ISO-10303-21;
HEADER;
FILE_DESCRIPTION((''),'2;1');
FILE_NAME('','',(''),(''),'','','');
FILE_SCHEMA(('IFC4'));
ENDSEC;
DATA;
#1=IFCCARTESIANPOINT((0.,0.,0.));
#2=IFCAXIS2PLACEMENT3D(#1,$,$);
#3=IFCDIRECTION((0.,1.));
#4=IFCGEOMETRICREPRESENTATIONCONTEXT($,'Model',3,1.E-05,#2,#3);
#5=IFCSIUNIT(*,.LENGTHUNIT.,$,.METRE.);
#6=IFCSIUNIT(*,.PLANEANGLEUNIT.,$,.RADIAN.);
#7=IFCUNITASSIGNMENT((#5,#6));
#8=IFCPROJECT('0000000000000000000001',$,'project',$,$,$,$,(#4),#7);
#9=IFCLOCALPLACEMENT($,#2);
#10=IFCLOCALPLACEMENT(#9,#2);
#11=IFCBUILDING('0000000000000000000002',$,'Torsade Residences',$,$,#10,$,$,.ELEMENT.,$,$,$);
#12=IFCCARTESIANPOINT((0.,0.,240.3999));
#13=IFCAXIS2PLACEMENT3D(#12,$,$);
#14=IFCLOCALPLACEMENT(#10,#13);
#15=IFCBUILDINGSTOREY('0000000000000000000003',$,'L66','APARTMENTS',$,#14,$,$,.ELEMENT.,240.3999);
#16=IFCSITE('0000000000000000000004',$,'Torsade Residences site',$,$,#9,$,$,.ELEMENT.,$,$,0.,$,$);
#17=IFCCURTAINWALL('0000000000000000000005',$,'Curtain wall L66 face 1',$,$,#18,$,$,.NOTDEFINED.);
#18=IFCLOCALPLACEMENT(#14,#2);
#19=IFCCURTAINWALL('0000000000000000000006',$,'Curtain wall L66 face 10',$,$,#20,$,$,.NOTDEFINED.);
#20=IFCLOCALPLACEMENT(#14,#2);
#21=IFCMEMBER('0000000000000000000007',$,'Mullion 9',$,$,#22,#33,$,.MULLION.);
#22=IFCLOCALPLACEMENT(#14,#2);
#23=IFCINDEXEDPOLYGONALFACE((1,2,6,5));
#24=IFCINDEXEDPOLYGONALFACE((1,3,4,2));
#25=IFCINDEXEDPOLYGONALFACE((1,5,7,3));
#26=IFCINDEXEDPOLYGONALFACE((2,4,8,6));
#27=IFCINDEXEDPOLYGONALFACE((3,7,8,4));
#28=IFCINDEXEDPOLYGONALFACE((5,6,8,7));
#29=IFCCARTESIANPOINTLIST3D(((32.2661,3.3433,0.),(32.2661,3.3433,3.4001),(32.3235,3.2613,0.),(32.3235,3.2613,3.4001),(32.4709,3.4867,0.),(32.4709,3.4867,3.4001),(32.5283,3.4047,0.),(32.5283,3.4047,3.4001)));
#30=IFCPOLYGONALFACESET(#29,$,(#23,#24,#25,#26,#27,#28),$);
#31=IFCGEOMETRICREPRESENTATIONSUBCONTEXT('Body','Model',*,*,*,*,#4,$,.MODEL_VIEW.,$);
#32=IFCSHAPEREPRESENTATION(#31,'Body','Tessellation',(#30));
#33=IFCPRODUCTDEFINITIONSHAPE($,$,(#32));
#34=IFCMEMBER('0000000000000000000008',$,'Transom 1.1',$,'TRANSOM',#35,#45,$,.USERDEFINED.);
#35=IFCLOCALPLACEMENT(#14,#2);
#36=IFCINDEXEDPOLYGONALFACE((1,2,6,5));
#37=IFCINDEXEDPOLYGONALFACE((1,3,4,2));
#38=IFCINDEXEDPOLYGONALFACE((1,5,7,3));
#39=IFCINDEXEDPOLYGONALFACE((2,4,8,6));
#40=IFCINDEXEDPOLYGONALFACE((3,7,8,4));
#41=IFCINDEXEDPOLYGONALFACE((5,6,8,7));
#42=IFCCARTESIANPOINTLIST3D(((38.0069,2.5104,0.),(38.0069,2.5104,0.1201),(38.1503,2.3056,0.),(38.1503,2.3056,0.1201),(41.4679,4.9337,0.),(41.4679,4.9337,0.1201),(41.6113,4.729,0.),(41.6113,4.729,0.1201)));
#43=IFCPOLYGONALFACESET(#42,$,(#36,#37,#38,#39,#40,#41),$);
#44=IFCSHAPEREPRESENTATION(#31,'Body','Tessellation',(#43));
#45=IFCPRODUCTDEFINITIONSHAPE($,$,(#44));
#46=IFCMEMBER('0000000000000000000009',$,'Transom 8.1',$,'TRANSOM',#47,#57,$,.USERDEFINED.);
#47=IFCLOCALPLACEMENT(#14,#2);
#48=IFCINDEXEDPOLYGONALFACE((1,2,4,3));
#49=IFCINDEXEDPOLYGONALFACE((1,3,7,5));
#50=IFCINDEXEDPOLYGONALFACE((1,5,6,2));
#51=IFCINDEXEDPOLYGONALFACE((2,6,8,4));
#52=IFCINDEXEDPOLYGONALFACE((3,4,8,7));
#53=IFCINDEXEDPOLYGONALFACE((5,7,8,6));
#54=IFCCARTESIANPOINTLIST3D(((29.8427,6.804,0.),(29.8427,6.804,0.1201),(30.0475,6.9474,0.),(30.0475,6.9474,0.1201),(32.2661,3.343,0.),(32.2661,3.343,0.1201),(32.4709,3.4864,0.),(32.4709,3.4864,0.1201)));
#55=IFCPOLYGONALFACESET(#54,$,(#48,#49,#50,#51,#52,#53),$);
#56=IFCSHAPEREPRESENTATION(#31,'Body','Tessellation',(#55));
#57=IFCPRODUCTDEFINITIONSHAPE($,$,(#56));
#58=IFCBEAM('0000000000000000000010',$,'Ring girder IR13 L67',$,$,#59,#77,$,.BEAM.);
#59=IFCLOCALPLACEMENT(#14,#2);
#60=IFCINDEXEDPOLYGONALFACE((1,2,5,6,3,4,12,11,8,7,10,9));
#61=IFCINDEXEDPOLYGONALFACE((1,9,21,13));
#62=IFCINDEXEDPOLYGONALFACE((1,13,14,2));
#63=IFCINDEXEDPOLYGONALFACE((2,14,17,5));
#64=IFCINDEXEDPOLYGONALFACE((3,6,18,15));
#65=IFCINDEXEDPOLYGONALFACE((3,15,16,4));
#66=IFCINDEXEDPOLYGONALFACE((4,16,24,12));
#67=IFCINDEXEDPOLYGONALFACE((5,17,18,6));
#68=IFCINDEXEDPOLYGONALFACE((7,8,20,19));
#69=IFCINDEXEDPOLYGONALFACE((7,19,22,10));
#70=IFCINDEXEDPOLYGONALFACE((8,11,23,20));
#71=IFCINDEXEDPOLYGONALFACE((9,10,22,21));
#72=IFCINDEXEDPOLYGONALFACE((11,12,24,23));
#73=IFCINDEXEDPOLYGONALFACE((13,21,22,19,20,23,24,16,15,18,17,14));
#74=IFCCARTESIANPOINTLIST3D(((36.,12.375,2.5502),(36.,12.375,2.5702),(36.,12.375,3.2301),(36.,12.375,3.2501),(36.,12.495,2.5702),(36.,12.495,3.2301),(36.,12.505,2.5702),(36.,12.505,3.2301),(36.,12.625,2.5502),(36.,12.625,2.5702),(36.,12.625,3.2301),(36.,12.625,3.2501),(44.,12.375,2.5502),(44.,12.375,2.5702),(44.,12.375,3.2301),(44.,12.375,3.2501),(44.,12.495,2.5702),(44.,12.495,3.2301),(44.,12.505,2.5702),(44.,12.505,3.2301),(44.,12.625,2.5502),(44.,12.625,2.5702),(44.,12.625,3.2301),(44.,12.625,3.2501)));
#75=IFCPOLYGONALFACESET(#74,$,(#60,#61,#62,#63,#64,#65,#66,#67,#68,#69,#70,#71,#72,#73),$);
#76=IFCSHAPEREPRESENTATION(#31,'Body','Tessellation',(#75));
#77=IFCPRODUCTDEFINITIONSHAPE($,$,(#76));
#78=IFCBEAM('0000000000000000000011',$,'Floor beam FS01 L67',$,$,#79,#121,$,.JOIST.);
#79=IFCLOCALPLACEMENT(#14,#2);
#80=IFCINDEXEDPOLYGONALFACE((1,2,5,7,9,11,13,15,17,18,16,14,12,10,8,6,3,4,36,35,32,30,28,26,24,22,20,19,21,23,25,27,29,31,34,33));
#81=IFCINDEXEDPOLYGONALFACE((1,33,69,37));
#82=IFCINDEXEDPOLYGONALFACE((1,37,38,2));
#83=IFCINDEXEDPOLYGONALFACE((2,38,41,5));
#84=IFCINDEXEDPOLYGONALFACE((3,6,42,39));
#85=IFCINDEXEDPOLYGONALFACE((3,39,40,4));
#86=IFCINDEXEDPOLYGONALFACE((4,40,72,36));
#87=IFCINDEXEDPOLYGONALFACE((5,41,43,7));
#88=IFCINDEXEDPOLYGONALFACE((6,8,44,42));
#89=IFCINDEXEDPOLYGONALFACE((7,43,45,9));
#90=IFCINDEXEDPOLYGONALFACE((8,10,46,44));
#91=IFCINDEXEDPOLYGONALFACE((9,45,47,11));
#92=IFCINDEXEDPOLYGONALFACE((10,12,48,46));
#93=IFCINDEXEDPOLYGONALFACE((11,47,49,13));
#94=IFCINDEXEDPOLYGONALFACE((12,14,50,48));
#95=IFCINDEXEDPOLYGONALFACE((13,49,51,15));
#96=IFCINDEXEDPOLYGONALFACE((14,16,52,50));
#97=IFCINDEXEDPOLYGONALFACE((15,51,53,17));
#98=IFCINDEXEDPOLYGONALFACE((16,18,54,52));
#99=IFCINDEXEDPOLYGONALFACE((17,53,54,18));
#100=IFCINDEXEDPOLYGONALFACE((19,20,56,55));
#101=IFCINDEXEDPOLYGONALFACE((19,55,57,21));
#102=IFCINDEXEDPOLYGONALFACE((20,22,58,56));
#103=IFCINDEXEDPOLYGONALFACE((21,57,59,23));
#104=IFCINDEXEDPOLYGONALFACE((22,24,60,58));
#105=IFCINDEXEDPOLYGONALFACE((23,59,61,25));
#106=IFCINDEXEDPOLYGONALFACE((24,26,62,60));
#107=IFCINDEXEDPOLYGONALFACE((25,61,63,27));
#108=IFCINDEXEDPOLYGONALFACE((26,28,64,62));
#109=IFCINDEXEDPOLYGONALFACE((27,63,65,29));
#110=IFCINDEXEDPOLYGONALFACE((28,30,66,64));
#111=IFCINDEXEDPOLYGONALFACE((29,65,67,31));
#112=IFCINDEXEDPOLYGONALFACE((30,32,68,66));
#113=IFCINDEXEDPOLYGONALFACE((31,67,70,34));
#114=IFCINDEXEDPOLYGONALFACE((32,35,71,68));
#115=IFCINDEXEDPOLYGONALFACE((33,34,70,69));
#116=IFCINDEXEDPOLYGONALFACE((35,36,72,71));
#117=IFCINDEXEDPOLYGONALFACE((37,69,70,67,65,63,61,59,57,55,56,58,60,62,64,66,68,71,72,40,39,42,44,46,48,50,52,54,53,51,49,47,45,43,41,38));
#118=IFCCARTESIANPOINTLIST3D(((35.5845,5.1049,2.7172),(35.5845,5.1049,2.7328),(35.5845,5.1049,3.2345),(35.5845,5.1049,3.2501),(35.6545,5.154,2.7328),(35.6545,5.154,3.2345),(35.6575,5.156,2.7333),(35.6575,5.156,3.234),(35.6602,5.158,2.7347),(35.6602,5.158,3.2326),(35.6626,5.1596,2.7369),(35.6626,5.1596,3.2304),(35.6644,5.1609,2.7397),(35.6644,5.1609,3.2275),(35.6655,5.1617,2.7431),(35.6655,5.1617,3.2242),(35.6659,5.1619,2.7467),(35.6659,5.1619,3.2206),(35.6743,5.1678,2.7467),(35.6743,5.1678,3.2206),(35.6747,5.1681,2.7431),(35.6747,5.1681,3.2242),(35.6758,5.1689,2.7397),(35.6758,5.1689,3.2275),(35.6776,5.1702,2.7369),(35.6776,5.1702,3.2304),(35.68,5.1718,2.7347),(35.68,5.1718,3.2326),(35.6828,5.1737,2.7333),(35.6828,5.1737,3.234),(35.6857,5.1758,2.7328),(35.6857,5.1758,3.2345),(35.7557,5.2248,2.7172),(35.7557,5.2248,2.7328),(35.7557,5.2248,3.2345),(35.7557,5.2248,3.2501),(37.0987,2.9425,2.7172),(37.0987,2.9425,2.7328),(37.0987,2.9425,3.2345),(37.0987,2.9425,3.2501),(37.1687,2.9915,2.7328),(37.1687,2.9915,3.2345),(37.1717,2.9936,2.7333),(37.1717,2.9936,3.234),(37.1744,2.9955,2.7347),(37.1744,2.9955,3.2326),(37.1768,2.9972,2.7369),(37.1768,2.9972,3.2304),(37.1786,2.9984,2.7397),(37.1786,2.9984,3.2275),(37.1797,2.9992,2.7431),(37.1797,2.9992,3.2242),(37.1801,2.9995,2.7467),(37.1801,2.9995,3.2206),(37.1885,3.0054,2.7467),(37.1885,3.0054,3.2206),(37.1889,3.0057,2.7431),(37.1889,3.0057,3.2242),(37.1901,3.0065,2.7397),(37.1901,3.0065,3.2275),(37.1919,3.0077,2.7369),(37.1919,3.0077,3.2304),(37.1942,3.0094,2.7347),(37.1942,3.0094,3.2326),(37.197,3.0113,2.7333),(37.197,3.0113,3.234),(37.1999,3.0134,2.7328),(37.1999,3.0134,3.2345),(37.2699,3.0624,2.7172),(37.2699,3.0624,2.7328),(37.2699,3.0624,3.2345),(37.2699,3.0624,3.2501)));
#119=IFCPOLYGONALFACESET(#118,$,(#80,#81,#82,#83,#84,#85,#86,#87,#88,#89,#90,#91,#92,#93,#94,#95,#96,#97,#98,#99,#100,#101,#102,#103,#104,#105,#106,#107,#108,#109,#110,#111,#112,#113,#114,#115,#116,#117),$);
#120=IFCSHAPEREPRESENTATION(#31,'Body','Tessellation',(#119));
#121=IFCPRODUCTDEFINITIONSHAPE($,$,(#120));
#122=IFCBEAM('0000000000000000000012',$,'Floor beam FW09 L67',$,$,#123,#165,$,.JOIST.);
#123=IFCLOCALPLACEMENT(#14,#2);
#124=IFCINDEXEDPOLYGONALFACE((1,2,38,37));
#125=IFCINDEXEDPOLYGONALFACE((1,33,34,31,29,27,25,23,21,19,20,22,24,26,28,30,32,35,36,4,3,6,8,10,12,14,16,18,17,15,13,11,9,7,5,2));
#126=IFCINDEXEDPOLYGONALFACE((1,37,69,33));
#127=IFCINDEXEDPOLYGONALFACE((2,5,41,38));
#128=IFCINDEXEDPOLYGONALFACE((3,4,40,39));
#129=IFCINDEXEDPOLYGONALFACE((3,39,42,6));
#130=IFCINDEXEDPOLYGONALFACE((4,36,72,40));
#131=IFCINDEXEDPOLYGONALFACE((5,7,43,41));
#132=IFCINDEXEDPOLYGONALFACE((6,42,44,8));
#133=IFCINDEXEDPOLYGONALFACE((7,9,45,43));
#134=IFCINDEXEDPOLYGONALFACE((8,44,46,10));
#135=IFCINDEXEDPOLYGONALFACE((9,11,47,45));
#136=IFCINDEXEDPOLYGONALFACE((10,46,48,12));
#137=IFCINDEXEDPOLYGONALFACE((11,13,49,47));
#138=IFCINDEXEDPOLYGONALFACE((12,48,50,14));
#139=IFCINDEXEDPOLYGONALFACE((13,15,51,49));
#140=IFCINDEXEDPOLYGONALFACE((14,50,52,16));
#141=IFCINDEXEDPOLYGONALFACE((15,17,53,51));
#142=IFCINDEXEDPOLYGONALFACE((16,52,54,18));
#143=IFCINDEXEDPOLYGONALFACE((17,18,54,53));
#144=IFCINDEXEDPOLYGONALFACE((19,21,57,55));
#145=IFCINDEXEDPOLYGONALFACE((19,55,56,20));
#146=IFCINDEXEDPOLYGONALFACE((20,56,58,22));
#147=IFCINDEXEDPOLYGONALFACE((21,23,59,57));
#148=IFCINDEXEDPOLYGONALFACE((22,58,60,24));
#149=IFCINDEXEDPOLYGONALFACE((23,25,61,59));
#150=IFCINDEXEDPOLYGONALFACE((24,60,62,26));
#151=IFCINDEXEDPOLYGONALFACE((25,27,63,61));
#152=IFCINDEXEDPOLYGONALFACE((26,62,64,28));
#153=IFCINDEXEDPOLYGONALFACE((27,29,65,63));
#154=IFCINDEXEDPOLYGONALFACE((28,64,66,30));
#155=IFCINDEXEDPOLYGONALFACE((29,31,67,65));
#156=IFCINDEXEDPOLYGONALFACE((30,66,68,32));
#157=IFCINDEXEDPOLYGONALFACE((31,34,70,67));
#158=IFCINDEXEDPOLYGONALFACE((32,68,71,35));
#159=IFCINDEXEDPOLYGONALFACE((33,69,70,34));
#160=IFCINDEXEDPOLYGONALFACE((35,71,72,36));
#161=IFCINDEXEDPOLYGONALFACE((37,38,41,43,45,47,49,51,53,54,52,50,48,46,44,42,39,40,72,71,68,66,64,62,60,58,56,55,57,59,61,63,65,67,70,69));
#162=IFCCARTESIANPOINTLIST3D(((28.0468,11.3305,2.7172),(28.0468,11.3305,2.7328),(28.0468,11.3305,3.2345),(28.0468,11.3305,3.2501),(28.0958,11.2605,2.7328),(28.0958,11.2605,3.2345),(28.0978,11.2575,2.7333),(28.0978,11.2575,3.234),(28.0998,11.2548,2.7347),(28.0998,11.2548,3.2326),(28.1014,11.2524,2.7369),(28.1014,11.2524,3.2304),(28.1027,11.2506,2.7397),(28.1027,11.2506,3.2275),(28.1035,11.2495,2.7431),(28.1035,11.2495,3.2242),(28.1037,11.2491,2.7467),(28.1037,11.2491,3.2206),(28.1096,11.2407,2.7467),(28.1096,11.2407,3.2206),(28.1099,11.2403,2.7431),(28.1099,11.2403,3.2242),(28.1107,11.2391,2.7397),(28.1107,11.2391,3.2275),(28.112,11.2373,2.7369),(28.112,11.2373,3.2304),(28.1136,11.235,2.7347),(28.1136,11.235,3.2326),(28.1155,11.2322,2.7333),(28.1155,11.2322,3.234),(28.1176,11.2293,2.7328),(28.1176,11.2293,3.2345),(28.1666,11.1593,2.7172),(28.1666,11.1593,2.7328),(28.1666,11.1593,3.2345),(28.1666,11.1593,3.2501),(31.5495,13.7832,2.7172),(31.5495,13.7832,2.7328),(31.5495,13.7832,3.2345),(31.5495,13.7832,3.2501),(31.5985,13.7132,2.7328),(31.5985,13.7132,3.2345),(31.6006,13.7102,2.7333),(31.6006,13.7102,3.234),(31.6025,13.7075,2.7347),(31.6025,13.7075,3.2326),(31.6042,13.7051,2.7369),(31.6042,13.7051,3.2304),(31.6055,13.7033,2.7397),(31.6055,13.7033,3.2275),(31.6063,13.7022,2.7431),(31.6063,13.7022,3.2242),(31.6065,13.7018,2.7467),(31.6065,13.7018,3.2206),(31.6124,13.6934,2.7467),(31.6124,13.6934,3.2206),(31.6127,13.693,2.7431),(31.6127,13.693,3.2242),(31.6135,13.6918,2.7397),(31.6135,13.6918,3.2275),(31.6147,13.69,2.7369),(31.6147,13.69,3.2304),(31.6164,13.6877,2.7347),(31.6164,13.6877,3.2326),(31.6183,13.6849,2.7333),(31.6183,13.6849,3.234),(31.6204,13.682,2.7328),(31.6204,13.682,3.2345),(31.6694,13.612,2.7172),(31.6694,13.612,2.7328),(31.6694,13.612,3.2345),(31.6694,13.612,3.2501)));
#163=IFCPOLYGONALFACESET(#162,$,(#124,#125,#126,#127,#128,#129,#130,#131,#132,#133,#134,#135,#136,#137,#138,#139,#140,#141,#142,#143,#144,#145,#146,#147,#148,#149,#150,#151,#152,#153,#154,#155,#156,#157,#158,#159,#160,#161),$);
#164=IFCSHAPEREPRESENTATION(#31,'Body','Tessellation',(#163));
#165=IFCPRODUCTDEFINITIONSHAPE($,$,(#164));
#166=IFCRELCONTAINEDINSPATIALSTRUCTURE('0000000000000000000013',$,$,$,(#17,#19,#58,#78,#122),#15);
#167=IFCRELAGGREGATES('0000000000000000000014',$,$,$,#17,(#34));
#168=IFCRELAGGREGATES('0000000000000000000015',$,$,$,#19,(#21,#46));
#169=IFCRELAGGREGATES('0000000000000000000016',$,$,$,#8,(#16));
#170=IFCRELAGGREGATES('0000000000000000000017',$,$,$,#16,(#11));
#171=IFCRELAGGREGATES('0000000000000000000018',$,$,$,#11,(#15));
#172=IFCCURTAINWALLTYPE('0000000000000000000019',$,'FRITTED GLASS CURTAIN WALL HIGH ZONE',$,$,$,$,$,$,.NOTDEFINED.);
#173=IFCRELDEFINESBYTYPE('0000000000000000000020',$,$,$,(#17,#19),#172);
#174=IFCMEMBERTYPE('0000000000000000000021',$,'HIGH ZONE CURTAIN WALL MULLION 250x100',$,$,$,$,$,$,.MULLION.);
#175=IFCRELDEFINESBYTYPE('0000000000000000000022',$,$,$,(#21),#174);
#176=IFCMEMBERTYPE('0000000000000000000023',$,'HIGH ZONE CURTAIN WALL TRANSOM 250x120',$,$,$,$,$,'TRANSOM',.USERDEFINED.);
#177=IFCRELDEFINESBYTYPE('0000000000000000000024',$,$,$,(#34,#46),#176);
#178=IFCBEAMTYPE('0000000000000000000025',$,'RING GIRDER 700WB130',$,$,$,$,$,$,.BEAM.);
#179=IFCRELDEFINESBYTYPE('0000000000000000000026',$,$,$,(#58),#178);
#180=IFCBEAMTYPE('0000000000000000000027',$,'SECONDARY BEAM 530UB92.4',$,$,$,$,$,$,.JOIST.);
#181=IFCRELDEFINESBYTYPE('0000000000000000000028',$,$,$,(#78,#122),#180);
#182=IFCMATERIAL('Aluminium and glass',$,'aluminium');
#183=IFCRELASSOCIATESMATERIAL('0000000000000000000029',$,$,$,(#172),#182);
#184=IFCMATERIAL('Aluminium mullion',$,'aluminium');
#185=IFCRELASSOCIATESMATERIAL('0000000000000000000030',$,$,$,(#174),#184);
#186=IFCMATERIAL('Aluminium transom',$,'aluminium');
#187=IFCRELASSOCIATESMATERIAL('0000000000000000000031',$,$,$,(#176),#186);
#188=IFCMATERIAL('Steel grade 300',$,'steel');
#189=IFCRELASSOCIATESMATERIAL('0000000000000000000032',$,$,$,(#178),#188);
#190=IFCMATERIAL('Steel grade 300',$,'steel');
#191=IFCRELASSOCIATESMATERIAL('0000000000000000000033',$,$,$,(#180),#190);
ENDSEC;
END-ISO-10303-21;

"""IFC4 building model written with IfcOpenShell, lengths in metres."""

from ifc_helpers import new_model, si_unit, direction, frame, origin, origin_2d, place, context, subcontext, project, spatial, rectangle, i_section, extrude, material, material_profile, profile_set, type_object, element, aggregate, save


model = new_model("IFC4")

# Units and contexts
model_context = context("Model", 3, precision=1e-05, world=origin(), true_north=direction((0.0, 1.0)))
body_context = subcontext(model_context, "Body", "Model", "MODEL_VIEW")
ifc_project = project(units=[si_unit("LENGTHUNIT", "METRE"), si_unit("PLANEANGLEUNIT", "RADIAN")], contexts=[model_context])

# Site, building, storey
site_placement = place(None, origin())
site = spatial("IfcSite", under=ifc_project, at=site_placement, Name="Torsade Residences site", CompositionType="ELEMENT", RefElevation=0.0)
building_placement = place(site_placement, origin())
building = spatial("IfcBuilding", under=site, at=building_placement, Name="Torsade Residences", CompositionType="ELEMENT")
storey_placement = place(building_placement, frame((0.0, 0.0, 240.3999)))
storey = spatial("IfcBuildingStorey", under=building, at=storey_placement, Name="L66", Description="APARTMENTS", CompositionType="ELEMENT", Elevation=240.3999)

# Curtain wall
ifc_material_1 = material(Name="Aluminium and glass", Category="aluminium")
curtain_wall_type = type_object("IfcCurtainWallType", Name="FRITTED GLASS CURTAIN WALL HIGH ZONE", PredefinedType="NOTDEFINED", material=ifc_material_1)
curtain_wall_1_placement = place(storey_placement, origin())
curtain_wall_1 = element("IfcCurtainWall", 1, at=curtain_wall_1_placement, inside=storey, type_object=curtain_wall_type, Name="Curtain wall L66 face 1", PredefinedType="NOTDEFINED")
ifc_material_2 = material(Name="Aluminium mullion", Category="aluminium")
ifc_material_profile_1 = material_profile(ifc_material_2, rectangle(XDim=0.25, YDim=0.1001, at=origin_2d()), Name="HIGH ZONE CURTAIN WALL MULLION 250x100")
ifc_profile_set_1 = profile_set([ifc_material_profile_1], Name="Aluminium mullion")
member_type_1 = type_object("IfcMemberType", Name="HIGH ZONE CURTAIN WALL MULLION 250x100", PredefinedType="MULLION", material=ifc_profile_set_1)

# Curtain wall, member
curtain_wall_2_placement = place(storey_placement, origin())
curtain_wall_2 = element("IfcCurtainWall", 2, at=curtain_wall_2_placement, inside=storey, type_object=curtain_wall_type, Name="Curtain wall L66 face 10", PredefinedType="NOTDEFINED")
member_1_placement = place(storey_placement, frame((32.3972, 3.374, 0.0), z_axis=(0.0, 0.0, 1.0), x_axis=(0.819152, 0.573576, 0.0)))
member_1 = element("IfcMember", 3, at=member_1_placement, type_object=member_type_1, Name="Mullion 9", PredefinedType="MULLION", context=body_context, shape_type="SweptSolid", body=[
    extrude(rectangle(XDim=0.25, YDim=0.1001, at=origin_2d()), origin(), (0.0, 0.0, 1.0), 3.4001),
])

# Members
ifc_material_3 = material(Name="Aluminium transom", Category="aluminium")
ifc_material_profile_2 = material_profile(ifc_material_3, rectangle(XDim=0.25, YDim=0.1201, at=origin_2d()), Name="HIGH ZONE CURTAIN WALL TRANSOM 250x120")
ifc_profile_set_2 = profile_set([ifc_material_profile_2], Name="Aluminium transom")
member_type_2 = type_object("IfcMemberType", Name="HIGH ZONE CURTAIN WALL TRANSOM 250x120", ElementType="TRANSOM", PredefinedType="USERDEFINED", material=ifc_profile_set_2)
member_2_placement = place(storey_placement, frame((38.0786, 2.408, 0.0601), z_axis=(0.819156, 0.573571, 0.0), x_axis=(-0.573571, 0.819156, 0.0)))
member_2 = element("IfcMember", 4, at=member_2_placement, type_object=member_type_2, Name="Transom 1.1", ObjectType="TRANSOM", PredefinedType="USERDEFINED", context=body_context, shape_type="SweptSolid", body=[
    extrude(rectangle(XDim=0.25, YDim=0.1201, at=origin_2d()), origin(), (0.0, 0.0, 1.0), 4.2251),
])
aggregate(curtain_wall_1, [member_2])
member_3_placement = place(storey_placement, frame((29.9451, 6.8757, 0.0601), z_axis=(0.573571, -0.819156, 0.0), x_axis=(0.819156, 0.573571, 0.0)))
member_3 = element("IfcMember", 5, at=member_3_placement, type_object=member_type_2, Name="Transom 8.1", ObjectType="TRANSOM", PredefinedType="USERDEFINED", context=body_context, shape_type="SweptSolid", body=[
    extrude(rectangle(XDim=0.25, YDim=0.1201, at=origin_2d()), origin(), (0.0, 0.0, 1.0), 4.2251),
])

# Beams
ifc_material_4 = material(Name="Steel grade 300", Category="steel")
ifc_material_profile_3 = material_profile(ifc_material_4, i_section(OverallWidth=0.25, OverallDepth=0.7, WebThickness=0.01, FlangeThickness=0.02, at=origin_2d()), Name="700WB130")
ifc_profile_set_3 = profile_set([ifc_material_profile_3], Name="Steel grade 300")
beam_type_1 = type_object("IfcBeamType", Name="RING GIRDER 700WB130", PredefinedType="BEAM", material=ifc_profile_set_3)
beam_1_placement = place(storey_placement, frame((36.0, 12.5, 2.9001), z_axis=(1.0, 0.0, 0.0), x_axis=(0.0, 1.0, 0.0)))
element("IfcBeam", 6, at=beam_1_placement, inside=storey, type_object=beam_type_1, Name="Ring girder IR13 L67", PredefinedType="BEAM", context=body_context, shape_type="SweptSolid", body=[
    extrude(i_section(OverallWidth=0.25, OverallDepth=0.7, WebThickness=0.01, FlangeThickness=0.02, at=origin_2d()), origin(), (0.0, 0.0, 1.0), 8.0),
])
ifc_material_5 = material(Name="Steel grade 300", Category="steel")
ifc_material_profile_4 = material_profile(ifc_material_5, i_section(OverallWidth=0.209, OverallDepth=0.533, WebThickness=0.0103, FlangeThickness=0.0156, FilletRadius=0.0139, at=origin_2d()), Name="530UB92.4")
ifc_profile_set_4 = profile_set([ifc_material_profile_4], Name="Steel grade 300")
beam_type_2 = type_object("IfcBeamType", Name="SECONDARY BEAM 530UB92.4", PredefinedType="JOIST", material=ifc_profile_set_4)
beam_2_placement = place(storey_placement, frame((37.1843, 3.0024, 2.9836), z_axis=(-0.573593, 0.819141, 0.0), x_axis=(-0.819141, -0.573593, 0.0)))
element("IfcBeam", 7, at=beam_2_placement, inside=storey, type_object=beam_type_2, Name="Floor beam FS01 L67", PredefinedType="JOIST", context=body_context, shape_type="SweptSolid", body=[
    extrude(i_section(OverallWidth=0.209, OverallDepth=0.533, WebThickness=0.0103, FlangeThickness=0.0156, FilletRadius=0.0139, at=origin_2d()), origin(), (0.0, 0.0, 1.0), 2.6399),
])
beam_3_placement = place(storey_placement, frame((28.1067, 11.2449, 2.9836), z_axis=(0.819149, 0.573581, 0.0), x_axis=(-0.573581, 0.819149, 0.0)))
element("IfcBeam", 8, at=beam_3_placement, inside=storey, type_object=beam_type_2, Name="Floor beam FW09 L67", PredefinedType="JOIST", context=body_context, shape_type="SweptSolid", body=[
    extrude(i_section(OverallWidth=0.209, OverallDepth=0.533, WebThickness=0.0103, FlangeThickness=0.0156, FilletRadius=0.0139, at=origin_2d()), origin(), (0.0, 0.0, 1.0), 4.2761),
])

aggregate(curtain_wall_2, [member_1, member_3])

save(model, "model.ifc")
